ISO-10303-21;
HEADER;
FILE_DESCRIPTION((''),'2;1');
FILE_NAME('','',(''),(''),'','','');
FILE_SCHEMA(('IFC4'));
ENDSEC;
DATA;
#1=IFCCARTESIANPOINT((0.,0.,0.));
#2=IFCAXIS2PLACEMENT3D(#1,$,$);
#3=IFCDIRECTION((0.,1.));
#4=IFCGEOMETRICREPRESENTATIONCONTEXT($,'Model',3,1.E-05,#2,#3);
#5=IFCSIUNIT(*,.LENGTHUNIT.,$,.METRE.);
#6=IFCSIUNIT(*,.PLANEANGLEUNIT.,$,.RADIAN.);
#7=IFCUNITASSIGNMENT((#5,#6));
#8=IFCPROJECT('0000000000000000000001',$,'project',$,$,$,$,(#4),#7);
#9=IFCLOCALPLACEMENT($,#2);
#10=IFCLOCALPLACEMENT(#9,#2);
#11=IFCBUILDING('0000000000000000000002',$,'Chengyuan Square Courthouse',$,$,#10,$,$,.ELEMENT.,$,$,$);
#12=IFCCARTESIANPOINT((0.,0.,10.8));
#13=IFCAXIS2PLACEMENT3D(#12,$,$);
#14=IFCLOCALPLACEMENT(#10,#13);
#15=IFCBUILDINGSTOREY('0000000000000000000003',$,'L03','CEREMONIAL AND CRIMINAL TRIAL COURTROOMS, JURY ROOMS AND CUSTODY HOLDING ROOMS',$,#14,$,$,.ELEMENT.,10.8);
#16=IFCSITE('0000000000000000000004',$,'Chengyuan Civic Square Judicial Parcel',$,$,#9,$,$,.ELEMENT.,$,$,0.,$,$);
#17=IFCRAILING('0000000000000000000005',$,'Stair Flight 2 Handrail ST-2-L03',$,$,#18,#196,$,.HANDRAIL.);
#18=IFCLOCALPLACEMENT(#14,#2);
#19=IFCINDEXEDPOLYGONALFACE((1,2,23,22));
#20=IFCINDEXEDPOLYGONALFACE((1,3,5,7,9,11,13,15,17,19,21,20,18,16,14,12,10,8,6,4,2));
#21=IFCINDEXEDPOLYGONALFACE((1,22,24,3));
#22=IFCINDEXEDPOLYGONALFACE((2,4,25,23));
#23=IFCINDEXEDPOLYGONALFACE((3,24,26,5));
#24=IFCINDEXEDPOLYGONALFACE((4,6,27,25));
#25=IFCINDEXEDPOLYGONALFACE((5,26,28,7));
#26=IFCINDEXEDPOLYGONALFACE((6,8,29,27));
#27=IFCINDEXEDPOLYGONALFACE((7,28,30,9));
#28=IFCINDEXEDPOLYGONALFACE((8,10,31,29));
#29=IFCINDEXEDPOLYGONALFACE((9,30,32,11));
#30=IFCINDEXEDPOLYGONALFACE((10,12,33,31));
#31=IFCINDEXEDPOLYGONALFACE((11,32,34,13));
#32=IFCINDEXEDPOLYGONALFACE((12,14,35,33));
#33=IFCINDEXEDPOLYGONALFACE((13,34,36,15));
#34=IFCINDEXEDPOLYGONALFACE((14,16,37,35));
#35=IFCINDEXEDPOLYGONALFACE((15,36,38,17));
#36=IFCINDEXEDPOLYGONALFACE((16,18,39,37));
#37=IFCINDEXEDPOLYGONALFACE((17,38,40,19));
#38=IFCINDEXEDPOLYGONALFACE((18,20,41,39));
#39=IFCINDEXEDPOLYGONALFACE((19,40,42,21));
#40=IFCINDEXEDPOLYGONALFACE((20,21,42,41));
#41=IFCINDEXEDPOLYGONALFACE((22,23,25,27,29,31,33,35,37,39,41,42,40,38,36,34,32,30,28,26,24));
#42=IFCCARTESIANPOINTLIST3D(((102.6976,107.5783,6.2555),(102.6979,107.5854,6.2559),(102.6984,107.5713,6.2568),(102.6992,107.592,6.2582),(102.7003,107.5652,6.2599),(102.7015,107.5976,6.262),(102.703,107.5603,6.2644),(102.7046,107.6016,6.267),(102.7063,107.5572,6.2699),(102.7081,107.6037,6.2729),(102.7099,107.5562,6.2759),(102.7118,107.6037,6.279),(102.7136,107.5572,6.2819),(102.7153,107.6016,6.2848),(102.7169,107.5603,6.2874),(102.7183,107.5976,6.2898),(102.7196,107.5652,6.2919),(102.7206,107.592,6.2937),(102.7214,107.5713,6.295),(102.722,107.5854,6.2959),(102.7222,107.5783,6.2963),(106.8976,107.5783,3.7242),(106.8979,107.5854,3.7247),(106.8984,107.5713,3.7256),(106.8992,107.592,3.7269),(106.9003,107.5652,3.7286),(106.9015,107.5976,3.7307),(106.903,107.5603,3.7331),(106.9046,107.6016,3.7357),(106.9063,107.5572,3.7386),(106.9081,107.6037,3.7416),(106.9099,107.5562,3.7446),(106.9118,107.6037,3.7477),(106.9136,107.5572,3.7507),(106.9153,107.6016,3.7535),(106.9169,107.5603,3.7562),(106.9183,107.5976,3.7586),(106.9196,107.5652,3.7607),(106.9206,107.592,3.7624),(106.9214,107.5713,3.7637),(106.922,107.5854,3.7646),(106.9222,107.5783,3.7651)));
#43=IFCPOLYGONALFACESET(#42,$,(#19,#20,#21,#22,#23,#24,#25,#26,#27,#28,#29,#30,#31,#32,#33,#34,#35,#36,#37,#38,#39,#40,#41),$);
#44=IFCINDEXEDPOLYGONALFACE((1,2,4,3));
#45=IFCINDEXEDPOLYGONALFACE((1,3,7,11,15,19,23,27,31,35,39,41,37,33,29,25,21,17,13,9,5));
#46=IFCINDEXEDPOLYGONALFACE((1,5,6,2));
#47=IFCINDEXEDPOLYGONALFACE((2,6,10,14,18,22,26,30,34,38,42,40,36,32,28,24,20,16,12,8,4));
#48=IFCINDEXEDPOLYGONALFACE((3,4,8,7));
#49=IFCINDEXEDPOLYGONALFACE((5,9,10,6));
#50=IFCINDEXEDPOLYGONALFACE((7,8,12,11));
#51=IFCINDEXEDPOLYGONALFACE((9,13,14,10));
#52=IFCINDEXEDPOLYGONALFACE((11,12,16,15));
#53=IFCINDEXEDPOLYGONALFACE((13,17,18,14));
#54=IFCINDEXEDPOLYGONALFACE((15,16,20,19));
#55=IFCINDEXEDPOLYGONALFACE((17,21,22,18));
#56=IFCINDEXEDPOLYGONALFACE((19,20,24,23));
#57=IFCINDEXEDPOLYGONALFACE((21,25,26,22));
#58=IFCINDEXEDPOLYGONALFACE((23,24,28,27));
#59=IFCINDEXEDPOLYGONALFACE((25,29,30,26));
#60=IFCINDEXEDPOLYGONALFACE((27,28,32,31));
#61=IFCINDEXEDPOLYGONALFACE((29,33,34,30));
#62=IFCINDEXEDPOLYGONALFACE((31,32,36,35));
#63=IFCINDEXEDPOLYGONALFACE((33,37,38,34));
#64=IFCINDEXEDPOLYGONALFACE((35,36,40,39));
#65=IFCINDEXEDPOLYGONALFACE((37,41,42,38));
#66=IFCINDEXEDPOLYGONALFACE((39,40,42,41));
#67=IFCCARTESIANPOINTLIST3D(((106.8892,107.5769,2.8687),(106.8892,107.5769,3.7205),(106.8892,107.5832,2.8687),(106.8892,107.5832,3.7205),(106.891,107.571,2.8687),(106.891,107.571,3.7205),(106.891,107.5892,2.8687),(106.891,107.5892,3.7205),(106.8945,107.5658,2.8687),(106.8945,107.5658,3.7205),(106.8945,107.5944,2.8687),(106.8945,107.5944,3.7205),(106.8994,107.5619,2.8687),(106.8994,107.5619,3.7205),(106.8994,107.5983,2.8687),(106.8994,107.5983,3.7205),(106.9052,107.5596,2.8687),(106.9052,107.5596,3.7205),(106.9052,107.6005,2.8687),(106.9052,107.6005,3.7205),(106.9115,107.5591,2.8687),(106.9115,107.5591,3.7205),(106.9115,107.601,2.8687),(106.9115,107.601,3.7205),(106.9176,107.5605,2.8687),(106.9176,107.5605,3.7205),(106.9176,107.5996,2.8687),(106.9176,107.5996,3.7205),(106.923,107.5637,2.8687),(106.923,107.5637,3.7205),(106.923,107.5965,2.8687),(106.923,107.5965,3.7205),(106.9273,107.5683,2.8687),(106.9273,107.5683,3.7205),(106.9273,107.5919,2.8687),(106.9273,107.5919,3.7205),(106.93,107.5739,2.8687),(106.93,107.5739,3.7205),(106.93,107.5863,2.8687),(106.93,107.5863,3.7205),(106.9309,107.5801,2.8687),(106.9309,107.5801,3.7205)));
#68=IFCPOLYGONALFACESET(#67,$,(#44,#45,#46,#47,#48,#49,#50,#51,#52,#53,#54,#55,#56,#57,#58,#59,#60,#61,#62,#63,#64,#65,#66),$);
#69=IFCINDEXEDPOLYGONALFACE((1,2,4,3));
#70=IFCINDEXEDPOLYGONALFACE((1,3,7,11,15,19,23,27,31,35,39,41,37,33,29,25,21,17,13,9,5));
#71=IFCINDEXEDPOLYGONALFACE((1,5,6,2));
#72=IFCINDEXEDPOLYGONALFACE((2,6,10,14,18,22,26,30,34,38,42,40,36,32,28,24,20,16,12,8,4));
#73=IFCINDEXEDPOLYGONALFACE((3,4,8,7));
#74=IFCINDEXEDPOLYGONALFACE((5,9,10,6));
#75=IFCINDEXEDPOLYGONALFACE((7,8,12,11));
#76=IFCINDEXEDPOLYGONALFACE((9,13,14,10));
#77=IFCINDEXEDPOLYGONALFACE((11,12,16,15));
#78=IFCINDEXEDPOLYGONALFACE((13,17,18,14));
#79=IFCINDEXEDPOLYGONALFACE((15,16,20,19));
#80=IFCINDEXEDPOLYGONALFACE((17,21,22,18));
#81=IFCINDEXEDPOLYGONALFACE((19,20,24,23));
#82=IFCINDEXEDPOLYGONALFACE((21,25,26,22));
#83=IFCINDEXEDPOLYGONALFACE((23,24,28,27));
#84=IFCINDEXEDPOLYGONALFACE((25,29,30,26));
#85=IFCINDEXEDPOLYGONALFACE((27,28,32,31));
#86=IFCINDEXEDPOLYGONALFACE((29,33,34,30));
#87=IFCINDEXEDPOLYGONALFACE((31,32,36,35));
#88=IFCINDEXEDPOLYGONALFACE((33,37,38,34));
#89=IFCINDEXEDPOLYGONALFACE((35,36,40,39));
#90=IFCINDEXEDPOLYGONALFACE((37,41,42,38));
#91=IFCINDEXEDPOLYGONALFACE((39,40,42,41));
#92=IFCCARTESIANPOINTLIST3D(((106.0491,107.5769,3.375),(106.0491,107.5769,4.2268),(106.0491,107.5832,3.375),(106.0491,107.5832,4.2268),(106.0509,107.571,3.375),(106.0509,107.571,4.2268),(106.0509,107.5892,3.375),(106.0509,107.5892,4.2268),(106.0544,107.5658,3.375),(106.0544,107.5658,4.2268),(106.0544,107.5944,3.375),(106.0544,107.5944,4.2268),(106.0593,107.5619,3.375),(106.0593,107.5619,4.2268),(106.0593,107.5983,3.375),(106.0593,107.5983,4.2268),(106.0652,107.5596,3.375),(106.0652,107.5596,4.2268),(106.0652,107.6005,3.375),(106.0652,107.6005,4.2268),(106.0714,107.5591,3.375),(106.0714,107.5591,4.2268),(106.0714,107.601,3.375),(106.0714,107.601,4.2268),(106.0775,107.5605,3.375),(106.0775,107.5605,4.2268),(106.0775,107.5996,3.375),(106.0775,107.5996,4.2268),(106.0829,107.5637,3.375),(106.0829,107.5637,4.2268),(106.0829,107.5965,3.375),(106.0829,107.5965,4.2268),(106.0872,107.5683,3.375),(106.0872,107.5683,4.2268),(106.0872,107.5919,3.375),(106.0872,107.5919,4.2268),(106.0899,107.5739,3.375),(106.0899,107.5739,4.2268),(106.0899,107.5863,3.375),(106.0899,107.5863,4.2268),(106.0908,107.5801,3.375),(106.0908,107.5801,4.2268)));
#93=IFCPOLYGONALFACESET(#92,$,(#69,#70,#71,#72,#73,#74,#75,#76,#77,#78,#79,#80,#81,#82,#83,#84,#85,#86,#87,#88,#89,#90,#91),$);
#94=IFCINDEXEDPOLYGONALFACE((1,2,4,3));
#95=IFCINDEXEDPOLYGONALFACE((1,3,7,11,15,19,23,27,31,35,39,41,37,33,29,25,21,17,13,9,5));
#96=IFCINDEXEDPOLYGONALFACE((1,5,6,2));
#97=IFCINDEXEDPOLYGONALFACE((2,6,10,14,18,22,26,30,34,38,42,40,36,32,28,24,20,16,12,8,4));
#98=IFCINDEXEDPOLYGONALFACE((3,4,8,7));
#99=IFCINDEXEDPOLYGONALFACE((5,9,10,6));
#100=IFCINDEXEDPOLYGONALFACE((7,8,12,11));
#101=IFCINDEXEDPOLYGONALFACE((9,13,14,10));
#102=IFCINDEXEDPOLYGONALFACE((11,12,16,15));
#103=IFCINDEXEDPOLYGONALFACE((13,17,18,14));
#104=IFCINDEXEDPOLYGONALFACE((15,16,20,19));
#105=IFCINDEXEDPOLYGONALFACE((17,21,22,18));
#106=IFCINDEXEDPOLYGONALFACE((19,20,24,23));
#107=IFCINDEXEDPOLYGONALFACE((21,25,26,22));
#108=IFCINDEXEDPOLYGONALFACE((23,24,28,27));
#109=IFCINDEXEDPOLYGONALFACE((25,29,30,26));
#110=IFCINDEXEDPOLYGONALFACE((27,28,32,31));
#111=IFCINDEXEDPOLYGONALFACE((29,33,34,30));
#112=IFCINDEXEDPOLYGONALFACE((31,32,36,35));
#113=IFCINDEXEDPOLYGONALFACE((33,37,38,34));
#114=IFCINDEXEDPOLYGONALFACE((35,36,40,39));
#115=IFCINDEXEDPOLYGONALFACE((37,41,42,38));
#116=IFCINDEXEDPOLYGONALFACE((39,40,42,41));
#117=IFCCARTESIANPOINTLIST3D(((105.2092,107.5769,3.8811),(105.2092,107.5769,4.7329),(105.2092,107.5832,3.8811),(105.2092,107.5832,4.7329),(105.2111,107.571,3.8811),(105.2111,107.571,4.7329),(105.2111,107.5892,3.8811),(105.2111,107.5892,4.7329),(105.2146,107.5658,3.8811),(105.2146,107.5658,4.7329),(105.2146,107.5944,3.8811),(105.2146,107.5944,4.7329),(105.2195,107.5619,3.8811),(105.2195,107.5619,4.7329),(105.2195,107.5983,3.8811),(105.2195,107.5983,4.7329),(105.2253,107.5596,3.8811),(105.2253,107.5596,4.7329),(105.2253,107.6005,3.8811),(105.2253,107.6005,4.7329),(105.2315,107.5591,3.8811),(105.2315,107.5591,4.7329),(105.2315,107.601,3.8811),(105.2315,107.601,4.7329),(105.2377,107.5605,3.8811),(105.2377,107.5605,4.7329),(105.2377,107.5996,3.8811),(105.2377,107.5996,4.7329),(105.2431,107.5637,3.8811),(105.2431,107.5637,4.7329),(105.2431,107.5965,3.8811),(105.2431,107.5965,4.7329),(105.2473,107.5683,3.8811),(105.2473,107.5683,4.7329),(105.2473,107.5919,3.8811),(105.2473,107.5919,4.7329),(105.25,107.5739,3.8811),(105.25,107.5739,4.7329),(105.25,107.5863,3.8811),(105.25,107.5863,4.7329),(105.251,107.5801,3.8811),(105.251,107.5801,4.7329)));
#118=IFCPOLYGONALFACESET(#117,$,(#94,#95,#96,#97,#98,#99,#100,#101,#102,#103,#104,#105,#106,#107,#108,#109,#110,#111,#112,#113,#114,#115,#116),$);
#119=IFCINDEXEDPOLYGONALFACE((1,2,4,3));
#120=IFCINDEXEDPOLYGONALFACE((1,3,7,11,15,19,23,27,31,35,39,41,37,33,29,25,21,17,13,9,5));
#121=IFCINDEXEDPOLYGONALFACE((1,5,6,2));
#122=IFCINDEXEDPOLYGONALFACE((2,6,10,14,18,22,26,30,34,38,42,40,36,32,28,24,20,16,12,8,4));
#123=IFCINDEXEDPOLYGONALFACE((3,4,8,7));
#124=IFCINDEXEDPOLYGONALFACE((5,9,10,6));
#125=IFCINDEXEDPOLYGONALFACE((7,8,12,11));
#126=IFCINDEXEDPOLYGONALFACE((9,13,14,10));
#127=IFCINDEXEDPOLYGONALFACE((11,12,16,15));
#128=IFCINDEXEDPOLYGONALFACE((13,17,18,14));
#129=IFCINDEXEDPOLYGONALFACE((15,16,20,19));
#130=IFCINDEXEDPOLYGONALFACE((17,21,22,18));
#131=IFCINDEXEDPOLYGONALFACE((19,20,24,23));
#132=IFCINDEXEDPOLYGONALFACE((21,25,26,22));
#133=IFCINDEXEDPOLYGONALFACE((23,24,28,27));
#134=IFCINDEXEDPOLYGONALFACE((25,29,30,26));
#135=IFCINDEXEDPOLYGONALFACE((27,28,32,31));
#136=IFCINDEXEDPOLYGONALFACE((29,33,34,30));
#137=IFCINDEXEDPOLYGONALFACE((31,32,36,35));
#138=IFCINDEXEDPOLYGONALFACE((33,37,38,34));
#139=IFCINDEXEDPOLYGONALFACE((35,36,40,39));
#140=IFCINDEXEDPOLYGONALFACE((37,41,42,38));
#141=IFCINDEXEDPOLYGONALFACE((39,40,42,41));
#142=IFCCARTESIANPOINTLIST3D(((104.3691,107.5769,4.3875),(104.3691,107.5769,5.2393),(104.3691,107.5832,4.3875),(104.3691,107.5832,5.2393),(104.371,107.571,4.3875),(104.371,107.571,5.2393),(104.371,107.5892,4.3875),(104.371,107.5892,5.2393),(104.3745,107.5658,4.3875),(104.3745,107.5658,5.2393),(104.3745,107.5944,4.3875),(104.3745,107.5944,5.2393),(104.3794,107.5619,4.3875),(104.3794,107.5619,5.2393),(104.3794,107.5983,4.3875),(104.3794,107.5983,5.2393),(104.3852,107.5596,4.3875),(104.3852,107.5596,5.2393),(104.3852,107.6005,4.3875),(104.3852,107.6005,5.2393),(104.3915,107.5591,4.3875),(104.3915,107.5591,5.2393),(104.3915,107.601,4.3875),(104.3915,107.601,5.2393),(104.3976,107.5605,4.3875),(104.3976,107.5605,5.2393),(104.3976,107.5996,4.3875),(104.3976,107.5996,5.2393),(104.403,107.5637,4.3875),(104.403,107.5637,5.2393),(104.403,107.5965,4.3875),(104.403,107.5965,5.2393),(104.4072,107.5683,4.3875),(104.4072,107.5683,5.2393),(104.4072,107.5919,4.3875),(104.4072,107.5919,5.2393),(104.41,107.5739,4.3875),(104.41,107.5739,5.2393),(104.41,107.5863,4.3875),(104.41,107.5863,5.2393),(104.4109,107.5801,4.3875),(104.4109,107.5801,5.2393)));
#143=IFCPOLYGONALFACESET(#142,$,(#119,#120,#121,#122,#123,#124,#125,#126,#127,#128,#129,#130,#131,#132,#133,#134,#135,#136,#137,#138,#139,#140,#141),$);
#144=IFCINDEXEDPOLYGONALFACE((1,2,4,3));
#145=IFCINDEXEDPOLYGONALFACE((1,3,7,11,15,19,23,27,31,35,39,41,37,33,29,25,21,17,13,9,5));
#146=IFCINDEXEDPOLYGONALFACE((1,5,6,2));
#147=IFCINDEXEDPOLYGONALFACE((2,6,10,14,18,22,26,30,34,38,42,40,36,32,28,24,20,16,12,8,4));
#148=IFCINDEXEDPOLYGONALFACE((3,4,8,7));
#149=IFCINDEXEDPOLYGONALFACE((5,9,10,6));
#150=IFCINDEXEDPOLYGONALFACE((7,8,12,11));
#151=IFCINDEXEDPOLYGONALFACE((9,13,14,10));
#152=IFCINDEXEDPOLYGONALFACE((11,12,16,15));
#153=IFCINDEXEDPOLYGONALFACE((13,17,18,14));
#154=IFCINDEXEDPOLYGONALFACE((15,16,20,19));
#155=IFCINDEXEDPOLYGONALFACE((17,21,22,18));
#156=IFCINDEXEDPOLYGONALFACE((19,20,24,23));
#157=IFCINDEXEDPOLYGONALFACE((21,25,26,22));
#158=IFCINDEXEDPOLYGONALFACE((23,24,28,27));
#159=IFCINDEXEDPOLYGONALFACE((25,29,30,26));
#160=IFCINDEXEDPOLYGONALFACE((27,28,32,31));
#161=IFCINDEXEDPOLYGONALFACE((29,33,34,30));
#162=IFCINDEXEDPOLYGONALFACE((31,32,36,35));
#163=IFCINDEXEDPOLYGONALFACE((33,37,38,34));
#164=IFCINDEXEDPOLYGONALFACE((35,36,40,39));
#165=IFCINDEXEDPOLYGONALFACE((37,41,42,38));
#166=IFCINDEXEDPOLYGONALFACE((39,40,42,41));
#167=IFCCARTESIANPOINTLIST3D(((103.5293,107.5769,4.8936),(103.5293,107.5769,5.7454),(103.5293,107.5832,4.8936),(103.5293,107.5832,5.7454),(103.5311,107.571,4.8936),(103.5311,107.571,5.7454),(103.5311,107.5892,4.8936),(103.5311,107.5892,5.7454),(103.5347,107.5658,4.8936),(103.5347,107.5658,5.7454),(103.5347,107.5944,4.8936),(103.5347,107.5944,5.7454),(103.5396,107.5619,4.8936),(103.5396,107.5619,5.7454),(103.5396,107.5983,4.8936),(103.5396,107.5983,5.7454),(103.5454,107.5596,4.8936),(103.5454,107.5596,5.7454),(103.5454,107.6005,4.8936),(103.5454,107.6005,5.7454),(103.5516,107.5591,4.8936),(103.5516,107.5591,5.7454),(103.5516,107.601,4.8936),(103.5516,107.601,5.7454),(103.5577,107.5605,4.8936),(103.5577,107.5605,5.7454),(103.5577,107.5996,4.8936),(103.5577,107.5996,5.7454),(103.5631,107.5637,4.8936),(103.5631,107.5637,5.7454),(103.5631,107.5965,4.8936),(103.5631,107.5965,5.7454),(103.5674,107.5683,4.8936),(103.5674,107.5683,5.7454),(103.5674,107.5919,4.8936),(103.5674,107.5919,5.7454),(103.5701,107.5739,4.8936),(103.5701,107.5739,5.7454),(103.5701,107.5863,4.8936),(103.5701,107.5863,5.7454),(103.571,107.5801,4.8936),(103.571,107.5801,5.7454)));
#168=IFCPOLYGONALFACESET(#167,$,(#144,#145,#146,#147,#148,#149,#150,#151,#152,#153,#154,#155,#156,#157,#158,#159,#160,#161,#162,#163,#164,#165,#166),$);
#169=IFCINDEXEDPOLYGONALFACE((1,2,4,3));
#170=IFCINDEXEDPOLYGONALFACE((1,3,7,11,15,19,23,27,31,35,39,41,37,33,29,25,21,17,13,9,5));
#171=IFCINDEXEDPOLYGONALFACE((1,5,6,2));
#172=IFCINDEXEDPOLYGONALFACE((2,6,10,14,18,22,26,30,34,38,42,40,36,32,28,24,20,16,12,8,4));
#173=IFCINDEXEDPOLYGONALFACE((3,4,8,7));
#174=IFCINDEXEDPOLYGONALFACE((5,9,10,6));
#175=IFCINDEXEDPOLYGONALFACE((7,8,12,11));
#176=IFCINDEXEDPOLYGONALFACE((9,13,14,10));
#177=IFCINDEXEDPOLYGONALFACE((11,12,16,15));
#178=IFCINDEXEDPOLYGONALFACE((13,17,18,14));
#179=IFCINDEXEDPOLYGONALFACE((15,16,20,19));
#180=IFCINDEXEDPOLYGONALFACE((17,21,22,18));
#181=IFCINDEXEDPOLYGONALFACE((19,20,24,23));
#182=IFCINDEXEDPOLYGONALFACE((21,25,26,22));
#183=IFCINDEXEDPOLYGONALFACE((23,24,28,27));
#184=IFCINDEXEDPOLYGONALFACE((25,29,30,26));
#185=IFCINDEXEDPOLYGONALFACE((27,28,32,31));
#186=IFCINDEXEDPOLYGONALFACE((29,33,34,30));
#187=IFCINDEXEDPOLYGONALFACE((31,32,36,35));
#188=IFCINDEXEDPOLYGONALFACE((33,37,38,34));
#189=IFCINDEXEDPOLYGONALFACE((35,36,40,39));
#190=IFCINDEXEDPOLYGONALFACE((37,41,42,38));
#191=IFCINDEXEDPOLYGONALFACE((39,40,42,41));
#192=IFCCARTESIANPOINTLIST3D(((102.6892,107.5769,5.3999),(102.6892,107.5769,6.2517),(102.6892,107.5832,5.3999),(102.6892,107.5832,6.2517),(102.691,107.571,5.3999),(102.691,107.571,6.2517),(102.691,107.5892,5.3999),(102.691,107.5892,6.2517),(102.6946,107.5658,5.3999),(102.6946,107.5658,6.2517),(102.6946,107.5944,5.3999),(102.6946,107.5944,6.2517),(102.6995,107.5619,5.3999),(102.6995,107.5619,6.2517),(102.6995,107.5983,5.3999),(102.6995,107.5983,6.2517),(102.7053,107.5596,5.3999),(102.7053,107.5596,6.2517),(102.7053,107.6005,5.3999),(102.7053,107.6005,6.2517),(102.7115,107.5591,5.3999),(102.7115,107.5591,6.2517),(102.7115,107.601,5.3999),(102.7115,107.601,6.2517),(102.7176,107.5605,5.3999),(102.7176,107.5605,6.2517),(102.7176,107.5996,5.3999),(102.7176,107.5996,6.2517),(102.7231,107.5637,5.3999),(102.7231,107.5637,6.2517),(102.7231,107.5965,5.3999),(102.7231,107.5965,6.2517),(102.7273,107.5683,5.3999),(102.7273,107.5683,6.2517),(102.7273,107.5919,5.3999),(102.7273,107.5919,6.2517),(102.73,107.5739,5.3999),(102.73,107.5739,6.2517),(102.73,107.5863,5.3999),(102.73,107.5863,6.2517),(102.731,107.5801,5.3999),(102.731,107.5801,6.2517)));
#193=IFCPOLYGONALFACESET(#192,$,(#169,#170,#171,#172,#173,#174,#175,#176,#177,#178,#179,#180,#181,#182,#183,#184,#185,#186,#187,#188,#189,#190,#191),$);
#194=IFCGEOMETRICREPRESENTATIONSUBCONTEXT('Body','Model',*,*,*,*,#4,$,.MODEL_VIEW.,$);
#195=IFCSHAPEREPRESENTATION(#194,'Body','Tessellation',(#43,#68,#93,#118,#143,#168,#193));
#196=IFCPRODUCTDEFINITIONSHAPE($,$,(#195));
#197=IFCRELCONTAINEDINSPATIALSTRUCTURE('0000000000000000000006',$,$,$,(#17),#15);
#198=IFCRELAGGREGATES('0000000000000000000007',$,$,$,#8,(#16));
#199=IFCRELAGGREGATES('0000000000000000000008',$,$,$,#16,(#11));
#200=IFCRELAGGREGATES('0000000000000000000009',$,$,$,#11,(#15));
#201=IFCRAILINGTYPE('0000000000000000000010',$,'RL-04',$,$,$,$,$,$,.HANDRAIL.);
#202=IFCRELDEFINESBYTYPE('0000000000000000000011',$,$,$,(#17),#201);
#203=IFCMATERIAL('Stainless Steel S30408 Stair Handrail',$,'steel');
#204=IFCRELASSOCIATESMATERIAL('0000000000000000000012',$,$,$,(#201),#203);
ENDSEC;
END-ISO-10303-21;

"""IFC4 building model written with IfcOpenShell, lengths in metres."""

from ifc_helpers import new_model, si_unit, direction, frame, origin, origin_2d, place, context, subcontext, project, spatial, circle, extrude, material, type_object, element, save


model = new_model("IFC4")

# Units and contexts
model_context = context("Model", 3, precision=1e-05, world=origin(), true_north=direction((0.0, 1.0)))
body_context = subcontext(model_context, "Body", "Model", "MODEL_VIEW")
ifc_project = project(units=[si_unit("LENGTHUNIT", "METRE"), si_unit("PLANEANGLEUNIT", "RADIAN")], contexts=[model_context])

# Site, building, storey
site_placement = place(None, origin())
site = spatial("IfcSite", under=ifc_project, at=site_placement, Name="Chengyuan Civic Square Judicial Parcel", CompositionType="ELEMENT", RefElevation=0.0)
building_placement = place(site_placement, origin())
building = spatial("IfcBuilding", under=site, at=building_placement, Name="Chengyuan Square Courthouse", CompositionType="ELEMENT")
storey_placement = place(building_placement, frame((0.0, 0.0, 10.8)))
storey = spatial("IfcBuildingStorey", under=building, at=storey_placement, Name="L03", Description="CEREMONIAL AND CRIMINAL TRIAL COURTROOMS, JURY ROOMS AND CUSTODY HOLDING ROOMS", CompositionType="ELEMENT", Elevation=10.8)

# Railing
ifc_material_1 = material(Name="Stainless Steel S30408 Stair Handrail", Category="steel")
railing_type_1 = type_object("IfcRailingType", Name="RL-04", PredefinedType="HANDRAIL", material=ifc_material_1)
railing_1_placement = place(storey_placement, frame((106.9099, 107.5801, 2.8687)))
element("IfcRailing", 1, at=railing_1_placement, inside=storey, type_object=railing_type_1, Name="Stair Flight 2 Handrail ST-2-L03", PredefinedType="HANDRAIL", context=body_context, shape_type="SweptSolid", body=[
    extrude(circle(Radius=0.0239, at=origin_2d()), frame((0.0, 0.0, 0.876), z_axis=(-0.856476, 0.0, 0.516186), x_axis=(0.0, -1.0, 0.0)), (0.0, 0.0, 1.0), 4.9038),
    extrude(circle(Radius=0.021, at=origin_2d()), origin(), (0.0, 0.0, 1.0), 0.8518),
    extrude(circle(Radius=0.021, at=origin_2d()), frame((-0.8401, 0.0, 0.5063)), (0.0, 0.0, 1.0), 0.8518),
    extrude(circle(Radius=0.021, at=origin_2d()), frame((-1.6799, 0.0, 1.0125)), (0.0, 0.0, 1.0), 0.8518),
    extrude(circle(Radius=0.021, at=origin_2d()), frame((-2.52, 0.0, 1.5188)), (0.0, 0.0, 1.0), 0.8518),
    extrude(circle(Radius=0.021, at=origin_2d()), frame((-3.3599, 0.0, 2.0249)), (0.0, 0.0, 1.0), 0.8518),
    extrude(circle(Radius=0.021, at=origin_2d()), frame((-4.2, 0.0, 2.5312)), (0.0, 0.0, 1.0), 0.8518),
])

save(model, "model.ifc")
